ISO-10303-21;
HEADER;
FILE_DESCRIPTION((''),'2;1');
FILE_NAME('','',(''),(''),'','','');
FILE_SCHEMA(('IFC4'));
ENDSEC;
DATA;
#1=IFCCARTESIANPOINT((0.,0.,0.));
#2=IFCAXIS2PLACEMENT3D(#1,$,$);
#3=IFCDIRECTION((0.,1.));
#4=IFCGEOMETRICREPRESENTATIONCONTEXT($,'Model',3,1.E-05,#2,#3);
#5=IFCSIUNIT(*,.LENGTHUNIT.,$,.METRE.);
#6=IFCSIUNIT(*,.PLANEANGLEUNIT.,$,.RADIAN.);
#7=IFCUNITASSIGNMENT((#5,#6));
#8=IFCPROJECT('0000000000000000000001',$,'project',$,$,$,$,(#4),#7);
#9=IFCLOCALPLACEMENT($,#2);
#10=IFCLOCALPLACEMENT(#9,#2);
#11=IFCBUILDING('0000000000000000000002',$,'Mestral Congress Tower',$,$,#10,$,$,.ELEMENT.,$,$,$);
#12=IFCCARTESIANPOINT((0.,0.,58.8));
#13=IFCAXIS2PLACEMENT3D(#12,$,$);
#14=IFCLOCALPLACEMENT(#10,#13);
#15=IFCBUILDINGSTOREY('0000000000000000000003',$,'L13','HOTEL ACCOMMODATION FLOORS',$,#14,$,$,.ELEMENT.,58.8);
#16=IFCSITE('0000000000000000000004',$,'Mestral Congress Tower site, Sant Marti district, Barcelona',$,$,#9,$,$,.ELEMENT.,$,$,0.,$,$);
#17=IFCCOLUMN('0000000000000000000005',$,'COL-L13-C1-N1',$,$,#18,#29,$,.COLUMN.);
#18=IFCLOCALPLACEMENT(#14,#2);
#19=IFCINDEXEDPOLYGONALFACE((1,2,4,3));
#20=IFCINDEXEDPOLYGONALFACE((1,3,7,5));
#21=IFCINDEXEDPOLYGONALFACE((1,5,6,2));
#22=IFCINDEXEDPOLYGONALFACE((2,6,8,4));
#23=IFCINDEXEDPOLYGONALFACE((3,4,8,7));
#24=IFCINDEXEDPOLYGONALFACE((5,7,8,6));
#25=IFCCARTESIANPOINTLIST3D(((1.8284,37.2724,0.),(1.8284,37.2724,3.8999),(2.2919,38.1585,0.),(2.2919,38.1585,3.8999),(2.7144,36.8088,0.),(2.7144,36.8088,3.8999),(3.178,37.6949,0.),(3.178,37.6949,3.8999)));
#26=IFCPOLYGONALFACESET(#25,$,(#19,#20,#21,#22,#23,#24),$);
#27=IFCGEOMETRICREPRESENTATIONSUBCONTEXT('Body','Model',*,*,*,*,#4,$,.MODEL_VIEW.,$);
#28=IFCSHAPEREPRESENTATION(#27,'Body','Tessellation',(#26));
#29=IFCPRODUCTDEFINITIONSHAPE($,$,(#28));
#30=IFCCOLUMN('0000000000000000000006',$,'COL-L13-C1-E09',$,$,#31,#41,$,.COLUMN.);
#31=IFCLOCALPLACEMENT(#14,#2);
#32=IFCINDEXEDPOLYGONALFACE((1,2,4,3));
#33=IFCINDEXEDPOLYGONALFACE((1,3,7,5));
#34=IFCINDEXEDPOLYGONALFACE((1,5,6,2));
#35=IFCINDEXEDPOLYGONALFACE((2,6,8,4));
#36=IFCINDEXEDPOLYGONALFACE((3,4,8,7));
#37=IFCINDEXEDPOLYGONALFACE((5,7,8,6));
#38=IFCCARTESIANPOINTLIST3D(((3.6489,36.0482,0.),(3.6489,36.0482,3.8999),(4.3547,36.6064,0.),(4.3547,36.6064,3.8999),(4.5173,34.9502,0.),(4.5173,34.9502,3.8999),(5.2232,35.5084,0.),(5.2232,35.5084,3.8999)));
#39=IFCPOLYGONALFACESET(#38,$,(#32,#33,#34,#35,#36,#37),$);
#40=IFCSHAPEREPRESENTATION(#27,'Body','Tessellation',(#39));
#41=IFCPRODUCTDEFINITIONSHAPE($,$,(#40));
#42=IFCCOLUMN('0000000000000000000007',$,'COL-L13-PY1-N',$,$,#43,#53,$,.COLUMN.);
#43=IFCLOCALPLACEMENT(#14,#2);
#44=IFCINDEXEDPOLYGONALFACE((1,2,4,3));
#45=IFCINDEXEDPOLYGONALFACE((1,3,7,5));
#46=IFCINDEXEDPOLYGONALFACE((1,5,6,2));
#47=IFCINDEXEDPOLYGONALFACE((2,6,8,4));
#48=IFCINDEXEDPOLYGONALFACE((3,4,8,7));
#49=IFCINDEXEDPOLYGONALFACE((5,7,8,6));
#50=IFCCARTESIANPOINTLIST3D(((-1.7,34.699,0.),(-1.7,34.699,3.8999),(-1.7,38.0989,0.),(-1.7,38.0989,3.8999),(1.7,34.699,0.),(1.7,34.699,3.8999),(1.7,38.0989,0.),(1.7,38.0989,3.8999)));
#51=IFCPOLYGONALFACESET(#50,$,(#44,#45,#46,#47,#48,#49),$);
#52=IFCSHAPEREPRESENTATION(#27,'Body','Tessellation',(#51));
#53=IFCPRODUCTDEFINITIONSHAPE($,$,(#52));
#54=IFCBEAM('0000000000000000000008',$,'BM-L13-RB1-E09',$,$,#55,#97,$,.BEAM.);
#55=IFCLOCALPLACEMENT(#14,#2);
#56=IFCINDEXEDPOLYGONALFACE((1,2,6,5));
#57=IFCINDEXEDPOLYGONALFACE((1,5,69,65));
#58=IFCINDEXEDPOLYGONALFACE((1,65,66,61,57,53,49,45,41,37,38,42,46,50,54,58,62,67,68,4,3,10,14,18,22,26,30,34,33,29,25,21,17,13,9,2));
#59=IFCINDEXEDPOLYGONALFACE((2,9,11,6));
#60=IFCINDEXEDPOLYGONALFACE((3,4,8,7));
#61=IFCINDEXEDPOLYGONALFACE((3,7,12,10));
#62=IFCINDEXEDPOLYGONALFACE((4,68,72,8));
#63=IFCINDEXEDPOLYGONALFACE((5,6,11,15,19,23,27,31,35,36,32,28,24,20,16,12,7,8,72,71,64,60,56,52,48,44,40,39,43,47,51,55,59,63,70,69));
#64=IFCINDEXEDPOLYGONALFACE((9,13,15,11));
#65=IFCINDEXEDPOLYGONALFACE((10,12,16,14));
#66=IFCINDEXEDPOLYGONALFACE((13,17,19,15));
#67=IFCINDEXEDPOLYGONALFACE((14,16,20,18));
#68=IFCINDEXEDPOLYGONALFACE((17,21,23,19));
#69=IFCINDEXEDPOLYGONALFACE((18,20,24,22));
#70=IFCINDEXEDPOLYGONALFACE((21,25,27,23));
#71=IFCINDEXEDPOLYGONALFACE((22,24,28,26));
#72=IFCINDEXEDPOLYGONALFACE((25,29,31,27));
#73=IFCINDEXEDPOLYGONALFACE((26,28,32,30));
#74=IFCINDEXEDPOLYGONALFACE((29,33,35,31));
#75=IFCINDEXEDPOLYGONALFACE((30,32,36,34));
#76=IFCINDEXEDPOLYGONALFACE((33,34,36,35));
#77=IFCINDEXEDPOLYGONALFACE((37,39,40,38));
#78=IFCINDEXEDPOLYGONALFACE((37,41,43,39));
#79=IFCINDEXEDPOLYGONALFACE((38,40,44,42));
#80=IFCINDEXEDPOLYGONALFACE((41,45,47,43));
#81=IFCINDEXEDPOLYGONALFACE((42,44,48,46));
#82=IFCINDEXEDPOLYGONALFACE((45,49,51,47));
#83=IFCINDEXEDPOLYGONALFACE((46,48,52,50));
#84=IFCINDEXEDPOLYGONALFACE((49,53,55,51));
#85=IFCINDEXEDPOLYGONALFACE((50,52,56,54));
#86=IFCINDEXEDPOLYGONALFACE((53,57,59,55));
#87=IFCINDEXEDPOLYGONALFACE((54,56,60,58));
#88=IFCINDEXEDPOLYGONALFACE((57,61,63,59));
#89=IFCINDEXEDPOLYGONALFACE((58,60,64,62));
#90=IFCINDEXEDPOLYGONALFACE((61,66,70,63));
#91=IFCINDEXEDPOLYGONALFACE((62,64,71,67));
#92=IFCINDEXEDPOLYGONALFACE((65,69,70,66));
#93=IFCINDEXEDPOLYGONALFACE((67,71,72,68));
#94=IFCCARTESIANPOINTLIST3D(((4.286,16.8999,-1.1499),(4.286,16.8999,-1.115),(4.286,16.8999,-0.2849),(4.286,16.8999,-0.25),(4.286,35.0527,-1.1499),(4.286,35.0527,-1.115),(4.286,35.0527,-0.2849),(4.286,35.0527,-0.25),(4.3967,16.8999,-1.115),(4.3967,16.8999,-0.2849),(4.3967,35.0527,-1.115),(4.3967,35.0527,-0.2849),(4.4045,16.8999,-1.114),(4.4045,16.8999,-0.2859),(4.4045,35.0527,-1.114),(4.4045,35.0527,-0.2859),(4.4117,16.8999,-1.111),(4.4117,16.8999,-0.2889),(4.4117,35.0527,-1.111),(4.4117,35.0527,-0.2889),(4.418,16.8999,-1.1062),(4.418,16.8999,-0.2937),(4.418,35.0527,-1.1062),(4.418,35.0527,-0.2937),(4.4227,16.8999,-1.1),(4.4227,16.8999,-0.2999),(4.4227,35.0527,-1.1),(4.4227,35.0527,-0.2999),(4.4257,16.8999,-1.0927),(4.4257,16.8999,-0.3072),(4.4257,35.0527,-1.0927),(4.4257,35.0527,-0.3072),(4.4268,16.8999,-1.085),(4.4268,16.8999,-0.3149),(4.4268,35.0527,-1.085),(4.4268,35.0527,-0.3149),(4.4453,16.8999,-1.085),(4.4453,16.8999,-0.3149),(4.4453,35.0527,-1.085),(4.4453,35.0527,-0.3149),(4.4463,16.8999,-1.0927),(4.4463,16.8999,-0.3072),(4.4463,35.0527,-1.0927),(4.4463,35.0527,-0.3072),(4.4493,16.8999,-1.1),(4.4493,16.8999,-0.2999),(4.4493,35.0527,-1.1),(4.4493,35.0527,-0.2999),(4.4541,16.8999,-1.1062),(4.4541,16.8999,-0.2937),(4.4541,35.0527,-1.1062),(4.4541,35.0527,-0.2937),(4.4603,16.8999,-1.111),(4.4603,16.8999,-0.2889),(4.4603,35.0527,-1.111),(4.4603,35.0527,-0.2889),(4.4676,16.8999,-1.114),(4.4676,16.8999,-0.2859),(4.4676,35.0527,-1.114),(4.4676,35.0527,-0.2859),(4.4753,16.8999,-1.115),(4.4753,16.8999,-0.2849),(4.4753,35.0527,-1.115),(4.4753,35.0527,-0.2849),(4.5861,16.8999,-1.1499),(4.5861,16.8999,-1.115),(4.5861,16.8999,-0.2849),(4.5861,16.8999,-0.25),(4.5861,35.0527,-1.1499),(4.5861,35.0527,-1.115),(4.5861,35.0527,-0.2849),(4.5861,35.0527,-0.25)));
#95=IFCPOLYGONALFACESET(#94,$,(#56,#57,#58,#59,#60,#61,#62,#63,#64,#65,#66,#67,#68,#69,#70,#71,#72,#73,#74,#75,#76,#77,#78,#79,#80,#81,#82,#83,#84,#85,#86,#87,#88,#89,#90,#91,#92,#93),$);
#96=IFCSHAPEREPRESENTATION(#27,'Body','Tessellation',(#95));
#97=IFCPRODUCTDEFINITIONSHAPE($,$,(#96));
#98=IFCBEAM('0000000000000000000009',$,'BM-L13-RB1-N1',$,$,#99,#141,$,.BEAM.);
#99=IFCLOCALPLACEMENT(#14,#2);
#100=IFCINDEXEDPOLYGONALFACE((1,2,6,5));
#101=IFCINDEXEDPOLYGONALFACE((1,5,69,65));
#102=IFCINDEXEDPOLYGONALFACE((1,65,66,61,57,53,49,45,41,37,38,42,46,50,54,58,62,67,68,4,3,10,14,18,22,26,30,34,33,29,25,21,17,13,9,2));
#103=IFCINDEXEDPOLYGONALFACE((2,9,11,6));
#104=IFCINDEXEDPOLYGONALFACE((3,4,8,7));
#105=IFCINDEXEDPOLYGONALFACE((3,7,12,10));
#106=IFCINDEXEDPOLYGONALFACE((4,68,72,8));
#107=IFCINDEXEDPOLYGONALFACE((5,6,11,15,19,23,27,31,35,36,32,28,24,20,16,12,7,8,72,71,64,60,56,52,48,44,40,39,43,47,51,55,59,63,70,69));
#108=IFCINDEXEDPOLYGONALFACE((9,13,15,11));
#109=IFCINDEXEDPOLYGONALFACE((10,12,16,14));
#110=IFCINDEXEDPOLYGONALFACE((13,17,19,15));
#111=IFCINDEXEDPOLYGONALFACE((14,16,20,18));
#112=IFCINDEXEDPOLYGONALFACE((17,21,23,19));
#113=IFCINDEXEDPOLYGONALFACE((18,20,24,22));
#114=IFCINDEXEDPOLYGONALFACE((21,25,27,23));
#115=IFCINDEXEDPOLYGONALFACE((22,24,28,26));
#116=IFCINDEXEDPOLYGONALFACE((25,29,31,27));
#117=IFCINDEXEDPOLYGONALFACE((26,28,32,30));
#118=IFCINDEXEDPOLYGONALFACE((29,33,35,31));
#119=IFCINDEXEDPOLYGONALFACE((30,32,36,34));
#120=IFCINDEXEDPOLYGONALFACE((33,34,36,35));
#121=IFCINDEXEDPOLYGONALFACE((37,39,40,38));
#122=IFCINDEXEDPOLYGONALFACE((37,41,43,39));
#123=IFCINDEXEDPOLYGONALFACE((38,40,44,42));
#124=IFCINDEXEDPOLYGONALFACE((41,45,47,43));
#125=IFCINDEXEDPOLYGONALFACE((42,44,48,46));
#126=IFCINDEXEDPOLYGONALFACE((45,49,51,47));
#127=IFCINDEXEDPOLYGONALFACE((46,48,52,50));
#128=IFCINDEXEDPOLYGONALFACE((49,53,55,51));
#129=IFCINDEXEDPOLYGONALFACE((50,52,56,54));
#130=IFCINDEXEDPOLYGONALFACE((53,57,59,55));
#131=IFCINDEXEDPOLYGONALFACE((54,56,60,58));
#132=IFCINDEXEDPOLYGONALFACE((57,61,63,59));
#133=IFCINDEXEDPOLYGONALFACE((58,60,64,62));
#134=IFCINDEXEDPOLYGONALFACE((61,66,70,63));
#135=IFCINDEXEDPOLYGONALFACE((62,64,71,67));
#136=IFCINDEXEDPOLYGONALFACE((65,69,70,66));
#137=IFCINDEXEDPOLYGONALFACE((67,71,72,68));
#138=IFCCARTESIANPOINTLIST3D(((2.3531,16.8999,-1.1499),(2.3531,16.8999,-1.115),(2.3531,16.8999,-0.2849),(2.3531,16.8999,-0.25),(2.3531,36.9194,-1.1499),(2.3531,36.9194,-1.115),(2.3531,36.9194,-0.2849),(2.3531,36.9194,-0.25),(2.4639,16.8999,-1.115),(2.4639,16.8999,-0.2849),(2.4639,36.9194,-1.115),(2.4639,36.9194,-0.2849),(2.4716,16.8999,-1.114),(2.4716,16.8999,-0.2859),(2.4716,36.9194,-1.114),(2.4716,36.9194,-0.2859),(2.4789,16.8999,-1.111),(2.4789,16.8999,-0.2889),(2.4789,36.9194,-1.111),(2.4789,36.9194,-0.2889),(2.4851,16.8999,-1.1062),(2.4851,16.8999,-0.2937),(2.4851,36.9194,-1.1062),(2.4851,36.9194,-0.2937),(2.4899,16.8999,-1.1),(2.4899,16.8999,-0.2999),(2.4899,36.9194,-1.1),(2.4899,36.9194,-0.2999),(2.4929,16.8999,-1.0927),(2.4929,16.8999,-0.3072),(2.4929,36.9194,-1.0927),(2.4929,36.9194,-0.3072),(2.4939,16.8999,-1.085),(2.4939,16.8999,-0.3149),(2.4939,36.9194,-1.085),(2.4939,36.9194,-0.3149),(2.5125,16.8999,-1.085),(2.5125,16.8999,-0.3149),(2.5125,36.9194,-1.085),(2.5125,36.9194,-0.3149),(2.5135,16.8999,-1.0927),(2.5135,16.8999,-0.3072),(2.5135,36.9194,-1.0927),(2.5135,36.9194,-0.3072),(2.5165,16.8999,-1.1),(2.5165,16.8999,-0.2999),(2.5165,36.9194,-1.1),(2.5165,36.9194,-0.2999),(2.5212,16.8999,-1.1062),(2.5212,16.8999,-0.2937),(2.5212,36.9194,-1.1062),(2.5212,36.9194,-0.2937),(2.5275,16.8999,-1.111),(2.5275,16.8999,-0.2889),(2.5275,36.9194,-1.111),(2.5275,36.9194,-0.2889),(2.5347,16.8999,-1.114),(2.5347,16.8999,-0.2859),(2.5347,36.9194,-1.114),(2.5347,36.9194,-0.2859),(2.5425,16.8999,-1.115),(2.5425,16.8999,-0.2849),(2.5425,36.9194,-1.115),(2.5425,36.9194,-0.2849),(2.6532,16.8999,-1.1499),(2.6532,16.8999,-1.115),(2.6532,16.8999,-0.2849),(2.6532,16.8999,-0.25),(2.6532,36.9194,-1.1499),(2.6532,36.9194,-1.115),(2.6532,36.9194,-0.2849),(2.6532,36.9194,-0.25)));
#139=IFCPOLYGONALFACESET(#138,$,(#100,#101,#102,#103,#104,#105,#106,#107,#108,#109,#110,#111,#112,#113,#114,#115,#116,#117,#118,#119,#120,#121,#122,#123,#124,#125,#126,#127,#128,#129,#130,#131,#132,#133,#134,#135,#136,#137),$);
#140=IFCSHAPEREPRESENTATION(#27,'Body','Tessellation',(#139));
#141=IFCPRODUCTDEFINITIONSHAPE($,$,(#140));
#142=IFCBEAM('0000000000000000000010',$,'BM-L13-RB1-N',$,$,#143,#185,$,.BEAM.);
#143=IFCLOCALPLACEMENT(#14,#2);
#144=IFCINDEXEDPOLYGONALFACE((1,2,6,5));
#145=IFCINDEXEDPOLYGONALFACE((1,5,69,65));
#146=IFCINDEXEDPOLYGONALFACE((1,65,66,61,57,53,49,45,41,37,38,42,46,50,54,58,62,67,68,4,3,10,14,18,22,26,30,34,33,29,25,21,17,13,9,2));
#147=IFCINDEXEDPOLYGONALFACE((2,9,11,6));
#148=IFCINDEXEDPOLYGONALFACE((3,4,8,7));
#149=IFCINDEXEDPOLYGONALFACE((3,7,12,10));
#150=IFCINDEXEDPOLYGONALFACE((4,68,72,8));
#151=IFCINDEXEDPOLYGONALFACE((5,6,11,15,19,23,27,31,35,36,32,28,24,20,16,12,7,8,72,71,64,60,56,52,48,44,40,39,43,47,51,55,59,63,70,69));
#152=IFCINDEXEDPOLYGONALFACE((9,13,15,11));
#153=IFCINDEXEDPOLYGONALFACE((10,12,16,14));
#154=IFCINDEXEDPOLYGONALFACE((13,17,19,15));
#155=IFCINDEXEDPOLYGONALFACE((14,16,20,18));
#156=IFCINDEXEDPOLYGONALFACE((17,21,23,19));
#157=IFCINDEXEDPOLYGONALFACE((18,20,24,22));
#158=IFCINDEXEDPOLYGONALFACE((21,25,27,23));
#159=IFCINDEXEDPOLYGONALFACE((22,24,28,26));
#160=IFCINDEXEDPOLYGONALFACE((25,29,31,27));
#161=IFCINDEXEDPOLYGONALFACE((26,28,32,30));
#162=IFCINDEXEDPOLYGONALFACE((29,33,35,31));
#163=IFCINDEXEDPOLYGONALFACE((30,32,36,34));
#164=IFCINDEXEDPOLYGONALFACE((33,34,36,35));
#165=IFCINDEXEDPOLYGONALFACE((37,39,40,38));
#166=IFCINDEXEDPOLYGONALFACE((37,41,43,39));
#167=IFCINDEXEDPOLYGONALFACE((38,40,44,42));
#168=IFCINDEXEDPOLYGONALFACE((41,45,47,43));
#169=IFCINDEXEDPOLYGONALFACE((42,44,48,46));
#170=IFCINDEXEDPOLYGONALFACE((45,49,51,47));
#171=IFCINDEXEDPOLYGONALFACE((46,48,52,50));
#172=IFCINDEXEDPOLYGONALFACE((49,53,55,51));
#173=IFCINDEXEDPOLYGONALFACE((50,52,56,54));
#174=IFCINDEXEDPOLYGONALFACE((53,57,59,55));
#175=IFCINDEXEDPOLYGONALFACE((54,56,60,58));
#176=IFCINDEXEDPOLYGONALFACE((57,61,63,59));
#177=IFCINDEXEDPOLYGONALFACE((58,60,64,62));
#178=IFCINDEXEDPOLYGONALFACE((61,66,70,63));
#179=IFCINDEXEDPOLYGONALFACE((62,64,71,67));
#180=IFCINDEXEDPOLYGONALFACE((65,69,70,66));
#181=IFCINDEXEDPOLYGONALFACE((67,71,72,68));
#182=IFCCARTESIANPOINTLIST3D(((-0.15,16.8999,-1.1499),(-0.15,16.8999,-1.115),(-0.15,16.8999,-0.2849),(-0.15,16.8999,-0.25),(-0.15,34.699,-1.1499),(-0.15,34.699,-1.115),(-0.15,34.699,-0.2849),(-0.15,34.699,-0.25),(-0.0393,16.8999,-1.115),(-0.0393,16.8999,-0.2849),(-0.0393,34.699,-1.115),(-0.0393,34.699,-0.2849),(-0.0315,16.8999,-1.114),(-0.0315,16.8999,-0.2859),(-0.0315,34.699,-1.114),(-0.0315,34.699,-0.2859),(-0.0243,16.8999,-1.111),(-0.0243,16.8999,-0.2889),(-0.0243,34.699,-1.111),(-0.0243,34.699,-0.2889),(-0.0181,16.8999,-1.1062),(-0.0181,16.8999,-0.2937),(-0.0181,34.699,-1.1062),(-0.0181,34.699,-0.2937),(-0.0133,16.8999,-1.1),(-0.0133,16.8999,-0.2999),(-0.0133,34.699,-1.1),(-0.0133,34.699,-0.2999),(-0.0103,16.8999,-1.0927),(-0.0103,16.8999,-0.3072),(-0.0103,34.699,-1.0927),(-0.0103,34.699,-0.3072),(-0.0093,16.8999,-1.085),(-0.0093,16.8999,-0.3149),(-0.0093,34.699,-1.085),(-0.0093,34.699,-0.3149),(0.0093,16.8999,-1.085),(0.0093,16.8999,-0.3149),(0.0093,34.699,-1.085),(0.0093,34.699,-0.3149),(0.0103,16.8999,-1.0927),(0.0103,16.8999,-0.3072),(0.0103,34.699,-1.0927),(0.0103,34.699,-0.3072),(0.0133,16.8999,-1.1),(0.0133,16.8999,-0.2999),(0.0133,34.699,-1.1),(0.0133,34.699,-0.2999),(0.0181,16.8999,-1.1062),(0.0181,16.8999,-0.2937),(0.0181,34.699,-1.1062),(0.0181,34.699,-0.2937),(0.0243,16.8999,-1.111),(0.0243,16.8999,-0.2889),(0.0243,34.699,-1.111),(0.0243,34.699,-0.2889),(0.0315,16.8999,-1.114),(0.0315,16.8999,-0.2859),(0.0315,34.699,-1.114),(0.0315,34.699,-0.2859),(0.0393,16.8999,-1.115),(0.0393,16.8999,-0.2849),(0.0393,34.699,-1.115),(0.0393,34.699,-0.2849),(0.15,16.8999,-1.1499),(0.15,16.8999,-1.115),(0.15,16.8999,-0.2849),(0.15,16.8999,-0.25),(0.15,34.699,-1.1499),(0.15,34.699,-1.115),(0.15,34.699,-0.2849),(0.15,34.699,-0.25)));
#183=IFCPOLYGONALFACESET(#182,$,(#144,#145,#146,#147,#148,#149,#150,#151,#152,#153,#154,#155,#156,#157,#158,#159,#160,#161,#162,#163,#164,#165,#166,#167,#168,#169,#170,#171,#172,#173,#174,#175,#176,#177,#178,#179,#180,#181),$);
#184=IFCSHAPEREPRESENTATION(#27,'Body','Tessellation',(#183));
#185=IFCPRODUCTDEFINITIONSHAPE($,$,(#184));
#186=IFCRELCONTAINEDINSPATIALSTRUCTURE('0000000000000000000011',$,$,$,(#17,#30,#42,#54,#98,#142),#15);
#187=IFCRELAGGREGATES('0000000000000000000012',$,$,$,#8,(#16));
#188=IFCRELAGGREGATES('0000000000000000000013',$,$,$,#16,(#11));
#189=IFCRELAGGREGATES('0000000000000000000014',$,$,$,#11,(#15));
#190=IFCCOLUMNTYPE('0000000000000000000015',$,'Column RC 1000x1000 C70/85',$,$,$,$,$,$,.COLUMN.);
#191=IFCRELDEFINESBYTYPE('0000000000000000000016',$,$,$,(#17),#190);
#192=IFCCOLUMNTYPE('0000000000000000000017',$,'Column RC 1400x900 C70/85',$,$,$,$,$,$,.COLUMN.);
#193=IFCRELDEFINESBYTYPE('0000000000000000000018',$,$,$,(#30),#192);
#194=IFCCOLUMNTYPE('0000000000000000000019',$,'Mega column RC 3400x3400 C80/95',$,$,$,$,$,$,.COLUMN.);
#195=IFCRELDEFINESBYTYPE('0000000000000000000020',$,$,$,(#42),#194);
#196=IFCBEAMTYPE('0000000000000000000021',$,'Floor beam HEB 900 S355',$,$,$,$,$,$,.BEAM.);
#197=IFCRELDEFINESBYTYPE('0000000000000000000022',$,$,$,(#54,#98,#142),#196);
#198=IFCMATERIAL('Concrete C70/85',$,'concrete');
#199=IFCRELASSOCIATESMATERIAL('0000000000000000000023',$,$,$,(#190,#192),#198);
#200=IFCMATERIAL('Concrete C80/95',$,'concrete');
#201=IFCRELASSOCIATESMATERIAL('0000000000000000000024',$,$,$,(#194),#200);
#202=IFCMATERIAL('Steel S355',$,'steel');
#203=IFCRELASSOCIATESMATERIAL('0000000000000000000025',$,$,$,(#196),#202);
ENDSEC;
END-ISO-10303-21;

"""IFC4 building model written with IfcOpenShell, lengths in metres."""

from ifc_helpers import new_model, si_unit, direction, frame, origin, origin_2d, place, context, subcontext, project, spatial, rectangle, i_section, extrude, material, material_profile, profile_set, type_object, element, save


model = new_model("IFC4")

# Units and contexts
model_context = context("Model", 3, precision=1e-05, world=origin(), true_north=direction((0.0, 1.0)))
body_context = subcontext(model_context, "Body", "Model", "MODEL_VIEW")
ifc_project = project(units=[si_unit("LENGTHUNIT", "METRE"), si_unit("PLANEANGLEUNIT", "RADIAN")], contexts=[model_context])

# Site, building, storey
site_placement = place(None, origin())
site = spatial("IfcSite", under=ifc_project, at=site_placement, Name="Mestral Congress Tower site, Sant Marti district, Barcelona", CompositionType="ELEMENT", RefElevation=0.0)
building_placement = place(site_placement, origin())
building = spatial("IfcBuilding", under=site, at=building_placement, Name="Mestral Congress Tower", CompositionType="ELEMENT")
storey_placement = place(building_placement, frame((0.0, 0.0, 58.8)))
storey = spatial("IfcBuildingStorey", under=building, at=storey_placement, Name="L13", Description="HOTEL ACCOMMODATION FLOORS", CompositionType="ELEMENT", Elevation=58.8)

# Columns
ifc_material_1 = material(Name="Concrete C70/85", Category="concrete")
ifc_material_profile_1 = material_profile(ifc_material_1, rectangle(XDim=1.0, YDim=1.0, at=origin_2d()), Name="RC 1000x1000")
ifc_profile_set_1 = profile_set([ifc_material_profile_1], Name="Concrete C70/85")
column_type_1 = type_object("IfcColumnType", Name="Column RC 1000x1000 C70/85", PredefinedType="COLUMN", material=ifc_profile_set_1)
column_1_placement = place(storey_placement, frame((2.5032, 37.4836, 0.0), z_axis=(0.0, 0.0, 1.0), x_axis=(-0.886068, 0.463556, 0.0)))
element("IfcColumn", 1, at=column_1_placement, inside=storey, type_object=column_type_1, Name="COL-L13-C1-N1", PredefinedType="COLUMN", context=body_context, shape_type="SweptSolid", body=[
    extrude(rectangle(XDim=1.0, YDim=1.0, at=origin_2d()), origin(), (0.0, 0.0, 1.0), 3.8999),
])
ifc_material_profile_2 = material_profile(ifc_material_1, rectangle(XDim=1.3999, YDim=0.8999, at=origin_2d()), Name="RC 1400x900")
ifc_profile_set_2 = profile_set([ifc_material_profile_2], Name="Concrete C70/85")
column_type_2 = type_object("IfcColumnType", Name="Column RC 1400x900 C70/85", PredefinedType="COLUMN", material=ifc_profile_set_2)
column_2_placement = place(storey_placement, frame((4.436, 35.7783, 0.0), z_axis=(0.0, 0.0, 1.0), x_axis=(-0.620334, 0.784338, 0.0)))
element("IfcColumn", 2, at=column_2_placement, inside=storey, type_object=column_type_2, Name="COL-L13-C1-E09", PredefinedType="COLUMN", context=body_context, shape_type="SweptSolid", body=[
    extrude(rectangle(XDim=1.3999, YDim=0.8999, at=origin_2d()), origin(), (0.0, 0.0, 1.0), 3.8999),
])
ifc_material_2 = material(Name="Concrete C80/95", Category="concrete")
ifc_material_profile_3 = material_profile(ifc_material_2, rectangle(XDim=3.3999, YDim=3.3999, at=origin_2d()), Name="RC 3400x3400")
ifc_profile_set_3 = profile_set([ifc_material_profile_3], Name="Concrete C80/95")
column_type_3 = type_object("IfcColumnType", Name="Mega column RC 3400x3400 C80/95", PredefinedType="COLUMN", material=ifc_profile_set_3)
column_3_placement = place(storey_placement, frame((0.0, 36.3989, 0.0), z_axis=(0.0, 0.0, 1.0), x_axis=(0.0, 1.0, 0.0)))
element("IfcColumn", 3, at=column_3_placement, inside=storey, type_object=column_type_3, Name="COL-L13-PY1-N", PredefinedType="COLUMN", context=body_context, shape_type="SweptSolid", body=[
    extrude(rectangle(XDim=3.3999, YDim=3.3999, at=origin_2d()), origin(), (0.0, 0.0, 1.0), 3.8999),
])

# Beams
ifc_material_3 = material(Name="Steel S355", Category="steel")
ifc_material_profile_4 = material_profile(ifc_material_3, i_section(OverallWidth=0.3, OverallDepth=0.8999, WebThickness=0.0186, FlangeThickness=0.0349, FilletRadius=0.03, at=origin_2d()), Name="HEB 900")
ifc_profile_set_4 = profile_set([ifc_material_profile_4], Name="Steel S355")
beam_type_1 = type_object("IfcBeamType", Name="Floor beam HEB 900 S355", PredefinedType="BEAM", material=ifc_profile_set_4)
beam_1_placement = place(storey_placement, frame((4.436, 35.0527, -0.7), z_axis=(0.0, -1.0, 0.0), x_axis=(1.0, 0.0, 0.0)))
element("IfcBeam", 4, at=beam_1_placement, inside=storey, type_object=beam_type_1, Name="BM-L13-RB1-E09", PredefinedType="BEAM", context=body_context, shape_type="SweptSolid", body=[
    extrude(i_section(OverallWidth=0.3, OverallDepth=0.8999, WebThickness=0.0186, FlangeThickness=0.0349, FilletRadius=0.03, at=origin_2d()), origin(), (0.0, 0.0, 1.0), 18.1528),
])
beam_2_placement = place(storey_placement, frame((2.5032, 36.9194, -0.7), z_axis=(0.0, -1.0, 0.0), x_axis=(1.0, 0.0, 0.0)))
element("IfcBeam", 5, at=beam_2_placement, inside=storey, type_object=beam_type_1, Name="BM-L13-RB1-N1", PredefinedType="BEAM", context=body_context, shape_type="SweptSolid", body=[
    extrude(i_section(OverallWidth=0.3, OverallDepth=0.8999, WebThickness=0.0186, FlangeThickness=0.0349, FilletRadius=0.03, at=origin_2d()), origin(), (0.0, 0.0, 1.0), 20.0195),
])
beam_3_placement = place(storey_placement, frame((0.0, 34.699, -0.7), z_axis=(0.0, -1.0, 0.0), x_axis=(1.0, 0.0, 0.0)))
element("IfcBeam", 6, at=beam_3_placement, inside=storey, type_object=beam_type_1, Name="BM-L13-RB1-N", PredefinedType="BEAM", context=body_context, shape_type="SweptSolid", body=[
    extrude(i_section(OverallWidth=0.3, OverallDepth=0.8999, WebThickness=0.0186, FlangeThickness=0.0349, FilletRadius=0.03, at=origin_2d()), origin(), (0.0, 0.0, 1.0), 17.7991),
])

save(model, "model.ifc")
